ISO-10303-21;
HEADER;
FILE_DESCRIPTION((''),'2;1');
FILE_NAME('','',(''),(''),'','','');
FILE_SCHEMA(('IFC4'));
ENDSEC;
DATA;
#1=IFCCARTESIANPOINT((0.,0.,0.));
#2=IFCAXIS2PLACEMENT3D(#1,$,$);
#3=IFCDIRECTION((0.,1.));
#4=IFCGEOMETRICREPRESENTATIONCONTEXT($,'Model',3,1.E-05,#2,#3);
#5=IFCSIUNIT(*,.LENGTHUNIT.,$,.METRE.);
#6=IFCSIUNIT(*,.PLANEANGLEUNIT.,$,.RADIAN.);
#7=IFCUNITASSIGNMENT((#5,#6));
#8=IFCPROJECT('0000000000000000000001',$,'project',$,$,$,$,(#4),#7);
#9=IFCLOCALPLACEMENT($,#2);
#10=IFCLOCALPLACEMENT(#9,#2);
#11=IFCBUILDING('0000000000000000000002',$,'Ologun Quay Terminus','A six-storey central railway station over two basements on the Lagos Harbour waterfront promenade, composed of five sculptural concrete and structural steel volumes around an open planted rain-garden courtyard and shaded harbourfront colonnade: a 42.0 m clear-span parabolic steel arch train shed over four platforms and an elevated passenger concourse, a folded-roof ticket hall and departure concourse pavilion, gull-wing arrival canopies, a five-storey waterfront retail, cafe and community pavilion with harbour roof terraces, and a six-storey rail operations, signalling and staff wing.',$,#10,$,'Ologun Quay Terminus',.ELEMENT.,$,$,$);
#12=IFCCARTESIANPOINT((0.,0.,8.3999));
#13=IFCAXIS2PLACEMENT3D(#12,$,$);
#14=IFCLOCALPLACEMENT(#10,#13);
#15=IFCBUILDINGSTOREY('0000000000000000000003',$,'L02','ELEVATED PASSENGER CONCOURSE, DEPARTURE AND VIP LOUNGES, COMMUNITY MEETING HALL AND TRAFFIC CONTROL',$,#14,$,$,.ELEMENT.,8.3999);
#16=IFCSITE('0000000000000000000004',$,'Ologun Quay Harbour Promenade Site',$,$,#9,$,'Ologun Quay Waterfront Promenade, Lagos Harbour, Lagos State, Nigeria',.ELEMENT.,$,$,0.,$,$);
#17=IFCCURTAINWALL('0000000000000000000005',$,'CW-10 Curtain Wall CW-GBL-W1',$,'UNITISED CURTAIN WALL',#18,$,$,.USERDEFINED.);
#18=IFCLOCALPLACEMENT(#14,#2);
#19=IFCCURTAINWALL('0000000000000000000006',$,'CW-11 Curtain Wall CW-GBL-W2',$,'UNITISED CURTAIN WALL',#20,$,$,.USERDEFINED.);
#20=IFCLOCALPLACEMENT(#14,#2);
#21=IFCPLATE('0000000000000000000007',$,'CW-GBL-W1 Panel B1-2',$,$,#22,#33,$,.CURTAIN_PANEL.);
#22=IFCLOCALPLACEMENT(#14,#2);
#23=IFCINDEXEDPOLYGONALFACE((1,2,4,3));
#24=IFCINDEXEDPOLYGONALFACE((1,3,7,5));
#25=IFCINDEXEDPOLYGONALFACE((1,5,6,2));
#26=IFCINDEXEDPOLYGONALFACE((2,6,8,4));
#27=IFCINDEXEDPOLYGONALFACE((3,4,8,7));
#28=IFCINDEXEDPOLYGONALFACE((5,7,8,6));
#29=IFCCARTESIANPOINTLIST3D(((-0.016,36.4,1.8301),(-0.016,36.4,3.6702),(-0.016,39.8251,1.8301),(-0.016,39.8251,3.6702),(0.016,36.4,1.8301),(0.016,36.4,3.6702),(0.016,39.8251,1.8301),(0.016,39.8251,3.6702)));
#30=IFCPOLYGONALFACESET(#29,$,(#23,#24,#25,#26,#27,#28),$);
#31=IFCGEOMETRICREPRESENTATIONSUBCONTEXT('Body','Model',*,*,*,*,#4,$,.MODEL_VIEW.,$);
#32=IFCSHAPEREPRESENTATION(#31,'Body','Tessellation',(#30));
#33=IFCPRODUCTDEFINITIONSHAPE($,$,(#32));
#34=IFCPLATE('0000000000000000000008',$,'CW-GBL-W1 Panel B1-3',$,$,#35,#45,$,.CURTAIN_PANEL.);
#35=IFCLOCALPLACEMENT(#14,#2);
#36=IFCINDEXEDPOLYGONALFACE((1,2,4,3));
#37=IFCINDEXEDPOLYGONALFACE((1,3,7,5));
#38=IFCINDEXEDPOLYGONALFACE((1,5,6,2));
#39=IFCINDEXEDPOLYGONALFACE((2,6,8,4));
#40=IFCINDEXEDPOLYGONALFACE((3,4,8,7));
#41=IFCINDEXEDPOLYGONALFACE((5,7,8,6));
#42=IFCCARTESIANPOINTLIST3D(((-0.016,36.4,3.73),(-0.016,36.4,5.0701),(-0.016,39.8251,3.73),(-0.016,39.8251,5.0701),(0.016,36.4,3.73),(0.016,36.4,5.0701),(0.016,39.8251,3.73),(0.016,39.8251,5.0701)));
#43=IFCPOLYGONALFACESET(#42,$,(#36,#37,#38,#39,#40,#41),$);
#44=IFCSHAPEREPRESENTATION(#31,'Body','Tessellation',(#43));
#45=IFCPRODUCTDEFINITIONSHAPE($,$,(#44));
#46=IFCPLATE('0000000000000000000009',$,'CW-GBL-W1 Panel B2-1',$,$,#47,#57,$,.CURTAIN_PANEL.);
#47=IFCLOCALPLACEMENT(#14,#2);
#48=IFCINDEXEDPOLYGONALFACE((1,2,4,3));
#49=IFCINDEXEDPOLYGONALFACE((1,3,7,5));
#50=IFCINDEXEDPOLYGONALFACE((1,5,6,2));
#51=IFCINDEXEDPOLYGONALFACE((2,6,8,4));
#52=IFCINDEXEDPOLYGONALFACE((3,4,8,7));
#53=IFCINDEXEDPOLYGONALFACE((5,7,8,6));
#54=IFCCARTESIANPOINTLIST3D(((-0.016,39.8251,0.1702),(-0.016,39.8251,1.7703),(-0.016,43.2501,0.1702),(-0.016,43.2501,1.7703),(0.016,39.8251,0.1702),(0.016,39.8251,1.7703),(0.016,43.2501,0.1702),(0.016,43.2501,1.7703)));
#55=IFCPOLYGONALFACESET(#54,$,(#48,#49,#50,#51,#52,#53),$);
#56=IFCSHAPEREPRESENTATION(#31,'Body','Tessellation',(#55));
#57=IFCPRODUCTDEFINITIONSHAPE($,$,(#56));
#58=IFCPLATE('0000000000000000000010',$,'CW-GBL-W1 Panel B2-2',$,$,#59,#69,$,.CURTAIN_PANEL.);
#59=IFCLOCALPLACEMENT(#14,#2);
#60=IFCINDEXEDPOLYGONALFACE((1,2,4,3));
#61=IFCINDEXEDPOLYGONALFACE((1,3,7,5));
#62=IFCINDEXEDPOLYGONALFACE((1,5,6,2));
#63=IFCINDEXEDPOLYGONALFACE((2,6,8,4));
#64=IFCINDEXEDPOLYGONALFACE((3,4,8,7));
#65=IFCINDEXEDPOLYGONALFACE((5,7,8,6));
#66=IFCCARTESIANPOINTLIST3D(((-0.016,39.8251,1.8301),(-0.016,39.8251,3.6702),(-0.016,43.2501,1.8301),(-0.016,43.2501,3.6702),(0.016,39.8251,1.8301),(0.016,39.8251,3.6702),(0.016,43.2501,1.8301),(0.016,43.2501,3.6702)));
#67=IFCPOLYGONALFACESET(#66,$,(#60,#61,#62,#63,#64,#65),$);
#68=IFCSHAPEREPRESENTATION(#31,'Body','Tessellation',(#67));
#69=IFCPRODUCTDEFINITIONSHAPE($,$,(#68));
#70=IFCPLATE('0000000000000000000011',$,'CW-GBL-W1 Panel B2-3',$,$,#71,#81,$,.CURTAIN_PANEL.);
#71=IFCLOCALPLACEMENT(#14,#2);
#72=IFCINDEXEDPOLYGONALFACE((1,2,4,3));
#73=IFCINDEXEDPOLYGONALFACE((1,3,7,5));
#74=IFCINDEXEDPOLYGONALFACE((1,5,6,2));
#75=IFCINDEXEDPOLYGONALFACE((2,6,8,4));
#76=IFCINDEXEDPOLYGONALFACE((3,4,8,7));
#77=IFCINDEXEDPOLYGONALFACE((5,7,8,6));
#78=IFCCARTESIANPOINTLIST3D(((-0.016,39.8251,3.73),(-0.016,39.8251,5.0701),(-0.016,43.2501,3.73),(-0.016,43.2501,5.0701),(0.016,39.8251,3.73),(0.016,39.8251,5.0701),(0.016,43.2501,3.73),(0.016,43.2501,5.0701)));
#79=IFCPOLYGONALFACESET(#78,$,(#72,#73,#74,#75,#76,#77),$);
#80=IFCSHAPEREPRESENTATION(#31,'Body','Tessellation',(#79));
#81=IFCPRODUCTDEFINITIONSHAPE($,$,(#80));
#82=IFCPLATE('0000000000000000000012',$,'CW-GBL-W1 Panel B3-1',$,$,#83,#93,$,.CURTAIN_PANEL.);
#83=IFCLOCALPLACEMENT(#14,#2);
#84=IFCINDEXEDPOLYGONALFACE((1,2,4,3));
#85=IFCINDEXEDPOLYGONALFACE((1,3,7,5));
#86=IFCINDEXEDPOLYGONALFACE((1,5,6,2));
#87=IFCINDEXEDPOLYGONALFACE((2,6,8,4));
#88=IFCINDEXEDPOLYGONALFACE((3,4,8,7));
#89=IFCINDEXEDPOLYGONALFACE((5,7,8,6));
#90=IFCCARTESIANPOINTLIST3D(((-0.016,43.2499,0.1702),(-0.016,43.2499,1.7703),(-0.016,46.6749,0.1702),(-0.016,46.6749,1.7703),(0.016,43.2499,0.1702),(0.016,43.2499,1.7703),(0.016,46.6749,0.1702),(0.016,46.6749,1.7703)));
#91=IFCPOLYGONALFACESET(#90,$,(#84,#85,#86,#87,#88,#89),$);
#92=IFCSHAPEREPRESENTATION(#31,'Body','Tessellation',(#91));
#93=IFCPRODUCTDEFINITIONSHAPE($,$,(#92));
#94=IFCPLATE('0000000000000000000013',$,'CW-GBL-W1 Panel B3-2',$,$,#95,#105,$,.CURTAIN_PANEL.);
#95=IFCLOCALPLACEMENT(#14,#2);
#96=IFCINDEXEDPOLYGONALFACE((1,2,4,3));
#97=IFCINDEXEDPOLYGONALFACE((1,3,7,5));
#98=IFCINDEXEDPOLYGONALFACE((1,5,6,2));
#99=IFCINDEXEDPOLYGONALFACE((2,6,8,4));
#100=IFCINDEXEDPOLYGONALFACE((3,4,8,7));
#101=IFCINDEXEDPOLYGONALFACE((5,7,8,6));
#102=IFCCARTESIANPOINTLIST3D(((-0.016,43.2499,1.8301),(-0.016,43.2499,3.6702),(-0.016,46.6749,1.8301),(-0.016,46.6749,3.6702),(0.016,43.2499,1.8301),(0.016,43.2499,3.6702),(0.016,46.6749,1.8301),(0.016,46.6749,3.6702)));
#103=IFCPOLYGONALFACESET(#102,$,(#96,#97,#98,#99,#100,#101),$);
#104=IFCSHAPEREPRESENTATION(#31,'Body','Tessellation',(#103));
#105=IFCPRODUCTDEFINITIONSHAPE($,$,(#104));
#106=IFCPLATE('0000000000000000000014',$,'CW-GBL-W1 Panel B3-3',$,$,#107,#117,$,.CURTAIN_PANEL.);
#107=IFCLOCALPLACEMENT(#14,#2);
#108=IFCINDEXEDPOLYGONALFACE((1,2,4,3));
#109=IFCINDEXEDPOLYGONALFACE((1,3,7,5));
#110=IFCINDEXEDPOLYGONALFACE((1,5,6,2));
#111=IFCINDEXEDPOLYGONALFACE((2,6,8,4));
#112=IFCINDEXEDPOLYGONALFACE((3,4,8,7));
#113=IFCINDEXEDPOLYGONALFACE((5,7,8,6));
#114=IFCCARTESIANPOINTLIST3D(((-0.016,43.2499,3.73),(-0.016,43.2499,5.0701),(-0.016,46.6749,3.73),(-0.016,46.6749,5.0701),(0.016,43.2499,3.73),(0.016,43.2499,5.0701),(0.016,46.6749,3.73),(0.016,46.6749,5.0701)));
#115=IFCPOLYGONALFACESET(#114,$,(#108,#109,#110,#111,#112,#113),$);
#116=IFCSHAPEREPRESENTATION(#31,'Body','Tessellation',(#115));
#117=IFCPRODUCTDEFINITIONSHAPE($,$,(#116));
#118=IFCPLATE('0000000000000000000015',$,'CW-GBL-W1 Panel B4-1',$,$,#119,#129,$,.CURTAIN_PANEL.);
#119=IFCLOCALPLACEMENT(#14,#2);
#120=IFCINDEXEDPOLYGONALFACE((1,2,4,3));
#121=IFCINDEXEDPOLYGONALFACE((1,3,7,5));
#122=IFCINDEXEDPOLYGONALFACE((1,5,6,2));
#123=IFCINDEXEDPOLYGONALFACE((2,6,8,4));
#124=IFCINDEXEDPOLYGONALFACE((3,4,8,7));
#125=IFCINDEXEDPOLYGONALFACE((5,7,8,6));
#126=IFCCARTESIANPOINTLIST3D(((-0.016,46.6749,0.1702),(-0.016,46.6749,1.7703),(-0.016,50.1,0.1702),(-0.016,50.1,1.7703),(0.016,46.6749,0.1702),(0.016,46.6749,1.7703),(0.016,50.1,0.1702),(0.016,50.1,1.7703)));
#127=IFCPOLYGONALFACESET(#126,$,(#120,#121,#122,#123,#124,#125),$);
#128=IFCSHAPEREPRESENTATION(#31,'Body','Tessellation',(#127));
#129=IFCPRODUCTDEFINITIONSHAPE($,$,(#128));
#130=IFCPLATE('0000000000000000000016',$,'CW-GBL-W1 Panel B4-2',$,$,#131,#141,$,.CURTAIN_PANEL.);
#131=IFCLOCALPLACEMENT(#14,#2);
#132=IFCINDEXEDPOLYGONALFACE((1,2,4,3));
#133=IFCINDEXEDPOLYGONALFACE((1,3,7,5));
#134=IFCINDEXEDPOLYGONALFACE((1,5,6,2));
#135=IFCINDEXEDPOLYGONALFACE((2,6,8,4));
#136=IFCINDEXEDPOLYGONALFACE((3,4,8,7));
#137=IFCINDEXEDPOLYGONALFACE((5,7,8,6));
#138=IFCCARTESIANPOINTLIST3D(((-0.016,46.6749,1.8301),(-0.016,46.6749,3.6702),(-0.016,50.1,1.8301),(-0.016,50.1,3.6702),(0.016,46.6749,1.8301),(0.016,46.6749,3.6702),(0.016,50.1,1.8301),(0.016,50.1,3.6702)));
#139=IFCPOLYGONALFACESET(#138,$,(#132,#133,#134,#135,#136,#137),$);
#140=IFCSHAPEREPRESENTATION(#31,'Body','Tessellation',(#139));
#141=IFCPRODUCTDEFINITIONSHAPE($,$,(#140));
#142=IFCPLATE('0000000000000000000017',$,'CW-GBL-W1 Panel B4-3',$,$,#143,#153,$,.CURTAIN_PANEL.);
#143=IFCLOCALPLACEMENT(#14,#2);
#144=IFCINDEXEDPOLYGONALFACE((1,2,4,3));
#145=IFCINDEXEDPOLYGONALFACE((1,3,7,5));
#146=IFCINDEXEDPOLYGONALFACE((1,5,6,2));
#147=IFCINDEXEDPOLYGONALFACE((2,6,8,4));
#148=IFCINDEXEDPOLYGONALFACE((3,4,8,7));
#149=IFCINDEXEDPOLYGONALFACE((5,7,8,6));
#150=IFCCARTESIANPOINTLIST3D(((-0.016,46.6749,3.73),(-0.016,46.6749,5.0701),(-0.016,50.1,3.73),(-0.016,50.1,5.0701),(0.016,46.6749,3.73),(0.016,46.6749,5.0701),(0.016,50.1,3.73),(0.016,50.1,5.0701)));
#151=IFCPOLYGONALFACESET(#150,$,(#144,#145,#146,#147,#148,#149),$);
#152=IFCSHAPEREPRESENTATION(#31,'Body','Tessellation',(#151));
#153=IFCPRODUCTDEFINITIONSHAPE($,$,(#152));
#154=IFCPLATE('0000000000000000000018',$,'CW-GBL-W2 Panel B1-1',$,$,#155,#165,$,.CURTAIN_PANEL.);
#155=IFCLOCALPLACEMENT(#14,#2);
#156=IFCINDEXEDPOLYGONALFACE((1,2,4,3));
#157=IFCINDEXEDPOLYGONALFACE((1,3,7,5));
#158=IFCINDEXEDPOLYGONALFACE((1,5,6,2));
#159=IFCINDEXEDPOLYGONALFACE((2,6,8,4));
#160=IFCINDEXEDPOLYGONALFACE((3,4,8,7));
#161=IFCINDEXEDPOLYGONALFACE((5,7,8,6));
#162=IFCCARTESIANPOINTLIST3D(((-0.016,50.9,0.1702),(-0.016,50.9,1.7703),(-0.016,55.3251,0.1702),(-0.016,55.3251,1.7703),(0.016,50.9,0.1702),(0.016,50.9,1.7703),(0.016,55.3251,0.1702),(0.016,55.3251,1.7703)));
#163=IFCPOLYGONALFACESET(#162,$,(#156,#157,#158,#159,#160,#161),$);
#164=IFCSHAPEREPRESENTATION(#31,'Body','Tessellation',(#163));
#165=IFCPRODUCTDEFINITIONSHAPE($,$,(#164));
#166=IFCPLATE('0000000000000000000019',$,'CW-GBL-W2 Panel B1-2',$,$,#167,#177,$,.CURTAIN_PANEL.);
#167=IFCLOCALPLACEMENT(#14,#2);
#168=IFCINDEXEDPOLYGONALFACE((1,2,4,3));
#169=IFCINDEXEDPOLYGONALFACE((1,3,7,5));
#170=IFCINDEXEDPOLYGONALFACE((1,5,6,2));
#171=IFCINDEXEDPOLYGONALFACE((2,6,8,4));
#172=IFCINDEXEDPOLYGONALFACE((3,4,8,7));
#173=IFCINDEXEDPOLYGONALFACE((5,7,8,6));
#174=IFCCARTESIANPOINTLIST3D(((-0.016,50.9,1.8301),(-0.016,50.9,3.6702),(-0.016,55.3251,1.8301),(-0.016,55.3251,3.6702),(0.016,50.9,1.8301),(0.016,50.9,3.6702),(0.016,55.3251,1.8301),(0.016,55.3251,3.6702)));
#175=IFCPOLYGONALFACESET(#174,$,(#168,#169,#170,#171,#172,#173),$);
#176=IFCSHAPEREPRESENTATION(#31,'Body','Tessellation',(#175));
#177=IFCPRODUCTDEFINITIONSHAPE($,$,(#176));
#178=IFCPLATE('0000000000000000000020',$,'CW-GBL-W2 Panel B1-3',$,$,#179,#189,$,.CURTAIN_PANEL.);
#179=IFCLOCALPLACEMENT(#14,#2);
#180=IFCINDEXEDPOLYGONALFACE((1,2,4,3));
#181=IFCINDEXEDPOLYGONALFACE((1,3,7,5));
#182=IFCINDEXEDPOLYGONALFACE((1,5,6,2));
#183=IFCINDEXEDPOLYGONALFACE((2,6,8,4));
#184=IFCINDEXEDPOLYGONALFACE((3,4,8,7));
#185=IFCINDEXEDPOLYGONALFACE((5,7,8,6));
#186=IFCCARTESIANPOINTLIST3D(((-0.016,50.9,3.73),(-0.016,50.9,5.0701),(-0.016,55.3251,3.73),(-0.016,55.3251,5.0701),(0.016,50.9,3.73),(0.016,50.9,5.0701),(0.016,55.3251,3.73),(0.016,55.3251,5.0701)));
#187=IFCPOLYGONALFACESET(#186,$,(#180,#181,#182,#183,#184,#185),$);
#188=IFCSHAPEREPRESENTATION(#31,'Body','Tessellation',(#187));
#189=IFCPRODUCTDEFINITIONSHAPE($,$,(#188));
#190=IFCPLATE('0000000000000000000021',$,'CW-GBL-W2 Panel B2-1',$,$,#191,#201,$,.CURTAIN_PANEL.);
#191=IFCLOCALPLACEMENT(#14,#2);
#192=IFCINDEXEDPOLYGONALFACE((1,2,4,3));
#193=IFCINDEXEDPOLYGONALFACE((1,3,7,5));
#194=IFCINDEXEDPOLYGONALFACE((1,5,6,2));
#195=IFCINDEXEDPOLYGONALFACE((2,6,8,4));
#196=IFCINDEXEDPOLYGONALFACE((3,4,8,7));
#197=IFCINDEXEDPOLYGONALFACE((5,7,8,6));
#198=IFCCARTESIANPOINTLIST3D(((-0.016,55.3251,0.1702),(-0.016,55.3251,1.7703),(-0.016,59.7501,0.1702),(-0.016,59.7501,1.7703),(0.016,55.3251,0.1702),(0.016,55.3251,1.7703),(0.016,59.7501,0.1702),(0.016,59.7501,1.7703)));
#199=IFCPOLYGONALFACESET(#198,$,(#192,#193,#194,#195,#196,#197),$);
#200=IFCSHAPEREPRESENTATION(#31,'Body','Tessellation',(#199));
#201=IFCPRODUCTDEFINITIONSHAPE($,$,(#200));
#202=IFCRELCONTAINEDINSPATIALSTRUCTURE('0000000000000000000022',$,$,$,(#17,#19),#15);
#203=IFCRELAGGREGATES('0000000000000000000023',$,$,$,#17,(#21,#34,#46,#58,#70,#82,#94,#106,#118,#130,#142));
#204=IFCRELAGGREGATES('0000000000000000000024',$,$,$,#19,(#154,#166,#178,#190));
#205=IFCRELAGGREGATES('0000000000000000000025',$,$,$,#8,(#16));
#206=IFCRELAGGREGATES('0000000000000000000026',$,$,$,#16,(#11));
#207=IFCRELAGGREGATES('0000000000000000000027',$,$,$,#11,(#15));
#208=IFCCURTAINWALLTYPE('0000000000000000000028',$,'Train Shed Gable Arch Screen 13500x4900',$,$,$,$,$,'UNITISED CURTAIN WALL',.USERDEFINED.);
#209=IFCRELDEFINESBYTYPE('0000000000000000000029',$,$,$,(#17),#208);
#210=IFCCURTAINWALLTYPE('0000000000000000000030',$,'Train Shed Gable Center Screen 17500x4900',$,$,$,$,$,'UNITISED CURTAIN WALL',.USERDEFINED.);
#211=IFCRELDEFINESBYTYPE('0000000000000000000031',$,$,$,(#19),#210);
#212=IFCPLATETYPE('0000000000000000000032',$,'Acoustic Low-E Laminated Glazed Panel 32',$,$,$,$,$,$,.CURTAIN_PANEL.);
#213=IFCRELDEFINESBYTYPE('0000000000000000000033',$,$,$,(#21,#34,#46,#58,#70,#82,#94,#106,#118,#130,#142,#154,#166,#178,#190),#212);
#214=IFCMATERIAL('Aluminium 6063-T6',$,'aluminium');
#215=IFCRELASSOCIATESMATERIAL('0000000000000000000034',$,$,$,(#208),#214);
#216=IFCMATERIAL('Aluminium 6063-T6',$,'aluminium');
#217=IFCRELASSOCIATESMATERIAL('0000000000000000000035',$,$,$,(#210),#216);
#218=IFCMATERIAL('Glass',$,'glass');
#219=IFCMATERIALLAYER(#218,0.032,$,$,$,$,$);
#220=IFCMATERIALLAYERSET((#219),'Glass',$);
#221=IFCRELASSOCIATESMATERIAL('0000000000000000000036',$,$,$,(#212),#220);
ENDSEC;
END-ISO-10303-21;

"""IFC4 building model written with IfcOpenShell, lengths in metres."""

from ifc_helpers import new_model, si_unit, direction, frame, origin, origin_2d, place, context, subcontext, project, spatial, rectangle, extrude, material, layer, layer_set, type_object, element, aggregate, save


model = new_model("IFC4")

# Units and contexts
model_context = context("Model", 3, precision=1e-05, world=origin(), true_north=direction((0.0, 1.0)))
body_context = subcontext(model_context, "Body", "Model", "MODEL_VIEW")
ifc_project = project(units=[si_unit("LENGTHUNIT", "METRE"), si_unit("PLANEANGLEUNIT", "RADIAN")], contexts=[model_context])

# Site, building, storey
site_placement = place(None, origin())
site = spatial("IfcSite", under=ifc_project, at=site_placement, Name="Ologun Quay Harbour Promenade Site", LongName="Ologun Quay Waterfront Promenade, Lagos Harbour, Lagos State, Nigeria", CompositionType="ELEMENT", RefElevation=0.0)
building_placement = place(site_placement, origin())
building = spatial("IfcBuilding", under=site, at=building_placement, Name="Ologun Quay Terminus", Description="A six-storey central railway station over two basements on the Lagos Harbour waterfront promenade, composed of five sculptural concrete and structural steel volumes around an open planted rain-garden courtyard and shaded harbourfront colonnade: a 42.0 m clear-span parabolic steel arch train shed over four platforms and an elevated passenger concourse, a folded-roof ticket hall and departure concourse pavilion, gull-wing arrival canopies, a five-storey waterfront retail, cafe and community pavilion with harbour roof terraces, and a six-storey rail operations, signalling and staff wing.", LongName="Ologun Quay Terminus", CompositionType="ELEMENT")
storey_placement = place(building_placement, frame((0.0, 0.0, 8.3999)))
storey = spatial("IfcBuildingStorey", under=building, at=storey_placement, Name="L02", Description="ELEVATED PASSENGER CONCOURSE, DEPARTURE AND VIP LOUNGES, COMMUNITY MEETING HALL AND TRAFFIC CONTROL", CompositionType="ELEMENT", Elevation=8.3999)

# Curtain walls
ifc_material_1 = material(Name="Aluminium 6063-T6", Category="aluminium")
curtain_wall_type_1 = type_object("IfcCurtainWallType", Name="Train Shed Gable Arch Screen 13500x4900", ElementType="UNITISED CURTAIN WALL", PredefinedType="USERDEFINED", material=ifc_material_1)
curtain_wall_1_placement = place(storey_placement, origin())
curtain_wall_1 = element("IfcCurtainWall", 1, at=curtain_wall_1_placement, inside=storey, type_object=curtain_wall_type_1, Name="CW-10 Curtain Wall CW-GBL-W1", ObjectType="UNITISED CURTAIN WALL", PredefinedType="USERDEFINED")
ifc_material_2 = material(Name="Aluminium 6063-T6", Category="aluminium")
curtain_wall_type_2 = type_object("IfcCurtainWallType", Name="Train Shed Gable Center Screen 17500x4900", ElementType="UNITISED CURTAIN WALL", PredefinedType="USERDEFINED", material=ifc_material_2)
curtain_wall_2_placement = place(storey_placement, origin())
curtain_wall_2 = element("IfcCurtainWall", 2, at=curtain_wall_2_placement, inside=storey, type_object=curtain_wall_type_2, Name="CW-11 Curtain Wall CW-GBL-W2", ObjectType="UNITISED CURTAIN WALL", PredefinedType="USERDEFINED")

# Plates
ifc_material_3 = material(Name="Glass", Category="glass")
ifc_layer = layer(ifc_material_3, 0.032)
ifc_layer_set = layer_set([ifc_layer], Name="Glass")
plate_type = type_object("IfcPlateType", Name="Acoustic Low-E Laminated Glazed Panel 32", PredefinedType="CURTAIN_PANEL", material=ifc_layer_set)
plate_1_placement = place(storey_placement, frame((0.0, 38.1125, 1.8301), z_axis=(0.0, 0.0, 1.0), x_axis=(0.0, 1.0, 0.0)))
plate_1 = element("IfcPlate", 3, at=plate_1_placement, type_object=plate_type, Name="CW-GBL-W1 Panel B1-2", PredefinedType="CURTAIN_PANEL", context=body_context, shape_type="SweptSolid", body=[
    extrude(rectangle(XDim=3.425, YDim=0.032, at=origin_2d()), origin(), (0.0, 0.0, 1.0), 1.8401),
])
plate_2_placement = place(storey_placement, frame((0.0, 38.1125, 3.73), z_axis=(0.0, 0.0, 1.0), x_axis=(0.0, 1.0, 0.0)))
plate_2 = element("IfcPlate", 4, at=plate_2_placement, type_object=plate_type, Name="CW-GBL-W1 Panel B1-3", PredefinedType="CURTAIN_PANEL", context=body_context, shape_type="SweptSolid", body=[
    extrude(rectangle(XDim=3.425, YDim=0.032, at=origin_2d()), origin(), (0.0, 0.0, 1.0), 1.3401),
])
plate_3_placement = place(storey_placement, frame((0.0, 41.5376, 0.1702), z_axis=(0.0, 0.0, 1.0), x_axis=(0.0, 1.0, 0.0)))
plate_3 = element("IfcPlate", 5, at=plate_3_placement, type_object=plate_type, Name="CW-GBL-W1 Panel B2-1", PredefinedType="CURTAIN_PANEL", context=body_context, shape_type="SweptSolid", body=[
    extrude(rectangle(XDim=3.425, YDim=0.032, at=origin_2d()), origin(), (0.0, 0.0, 1.0), 1.6001),
])
plate_4_placement = place(storey_placement, frame((0.0, 41.5376, 1.8301), z_axis=(0.0, 0.0, 1.0), x_axis=(0.0, 1.0, 0.0)))
plate_4 = element("IfcPlate", 6, at=plate_4_placement, type_object=plate_type, Name="CW-GBL-W1 Panel B2-2", PredefinedType="CURTAIN_PANEL", context=body_context, shape_type="SweptSolid", body=[
    extrude(rectangle(XDim=3.425, YDim=0.032, at=origin_2d()), origin(), (0.0, 0.0, 1.0), 1.8401),
])
plate_5_placement = place(storey_placement, frame((0.0, 41.5376, 3.73), z_axis=(0.0, 0.0, 1.0), x_axis=(0.0, 1.0, 0.0)))
plate_5 = element("IfcPlate", 7, at=plate_5_placement, type_object=plate_type, Name="CW-GBL-W1 Panel B2-3", PredefinedType="CURTAIN_PANEL", context=body_context, shape_type="SweptSolid", body=[
    extrude(rectangle(XDim=3.425, YDim=0.032, at=origin_2d()), origin(), (0.0, 0.0, 1.0), 1.3401),
])
plate_6_placement = place(storey_placement, frame((0.0, 44.9624, 0.1702), z_axis=(0.0, 0.0, 1.0), x_axis=(0.0, 1.0, 0.0)))
plate_6 = element("IfcPlate", 8, at=plate_6_placement, type_object=plate_type, Name="CW-GBL-W1 Panel B3-1", PredefinedType="CURTAIN_PANEL", context=body_context, shape_type="SweptSolid", body=[
    extrude(rectangle(XDim=3.425, YDim=0.032, at=origin_2d()), origin(), (0.0, 0.0, 1.0), 1.6001),
])
plate_7_placement = place(storey_placement, frame((0.0, 44.9624, 1.8301), z_axis=(0.0, 0.0, 1.0), x_axis=(0.0, 1.0, 0.0)))
plate_7 = element("IfcPlate", 9, at=plate_7_placement, type_object=plate_type, Name="CW-GBL-W1 Panel B3-2", PredefinedType="CURTAIN_PANEL", context=body_context, shape_type="SweptSolid", body=[
    extrude(rectangle(XDim=3.425, YDim=0.032, at=origin_2d()), origin(), (0.0, 0.0, 1.0), 1.8401),
])
plate_8_placement = place(storey_placement, frame((0.0, 44.9624, 3.73), z_axis=(0.0, 0.0, 1.0), x_axis=(0.0, 1.0, 0.0)))
plate_8 = element("IfcPlate", 10, at=plate_8_placement, type_object=plate_type, Name="CW-GBL-W1 Panel B3-3", PredefinedType="CURTAIN_PANEL", context=body_context, shape_type="SweptSolid", body=[
    extrude(rectangle(XDim=3.425, YDim=0.032, at=origin_2d()), origin(), (0.0, 0.0, 1.0), 1.3401),
])
plate_9_placement = place(storey_placement, frame((0.0, 48.3875, 0.1702), z_axis=(0.0, 0.0, 1.0), x_axis=(0.0, 1.0, 0.0)))
plate_9 = element("IfcPlate", 11, at=plate_9_placement, type_object=plate_type, Name="CW-GBL-W1 Panel B4-1", PredefinedType="CURTAIN_PANEL", context=body_context, shape_type="SweptSolid", body=[
    extrude(rectangle(XDim=3.425, YDim=0.032, at=origin_2d()), origin(), (0.0, 0.0, 1.0), 1.6001),
])
plate_10_placement = place(storey_placement, frame((0.0, 48.3875, 1.8301), z_axis=(0.0, 0.0, 1.0), x_axis=(0.0, 1.0, 0.0)))
plate_10 = element("IfcPlate", 12, at=plate_10_placement, type_object=plate_type, Name="CW-GBL-W1 Panel B4-2", PredefinedType="CURTAIN_PANEL", context=body_context, shape_type="SweptSolid", body=[
    extrude(rectangle(XDim=3.425, YDim=0.032, at=origin_2d()), origin(), (0.0, 0.0, 1.0), 1.8401),
])
plate_11_placement = place(storey_placement, frame((0.0, 48.3875, 3.73), z_axis=(0.0, 0.0, 1.0), x_axis=(0.0, 1.0, 0.0)))
plate_11 = element("IfcPlate", 13, at=plate_11_placement, type_object=plate_type, Name="CW-GBL-W1 Panel B4-3", PredefinedType="CURTAIN_PANEL", context=body_context, shape_type="SweptSolid", body=[
    extrude(rectangle(XDim=3.425, YDim=0.032, at=origin_2d()), origin(), (0.0, 0.0, 1.0), 1.3401),
])
aggregate(curtain_wall_1, [plate_1, plate_2, plate_3, plate_4, plate_5, plate_6, plate_7, plate_8, plate_9, plate_10, plate_11])
plate_12_placement = place(storey_placement, frame((0.0, 53.1125, 0.1702), z_axis=(0.0, 0.0, 1.0), x_axis=(0.0, 1.0, 0.0)))
plate_12 = element("IfcPlate", 14, at=plate_12_placement, type_object=plate_type, Name="CW-GBL-W2 Panel B1-1", PredefinedType="CURTAIN_PANEL", context=body_context, shape_type="SweptSolid", body=[
    extrude(rectangle(XDim=4.425, YDim=0.032, at=origin_2d()), origin(), (0.0, 0.0, 1.0), 1.6001),
])
plate_13_placement = place(storey_placement, frame((0.0, 53.1125, 1.8301), z_axis=(0.0, 0.0, 1.0), x_axis=(0.0, 1.0, 0.0)))
plate_13 = element("IfcPlate", 15, at=plate_13_placement, type_object=plate_type, Name="CW-GBL-W2 Panel B1-2", PredefinedType="CURTAIN_PANEL", context=body_context, shape_type="SweptSolid", body=[
    extrude(rectangle(XDim=4.425, YDim=0.032, at=origin_2d()), origin(), (0.0, 0.0, 1.0), 1.8401),
])
plate_14_placement = place(storey_placement, frame((0.0, 53.1125, 3.73), z_axis=(0.0, 0.0, 1.0), x_axis=(0.0, 1.0, 0.0)))
plate_14 = element("IfcPlate", 16, at=plate_14_placement, type_object=plate_type, Name="CW-GBL-W2 Panel B1-3", PredefinedType="CURTAIN_PANEL", context=body_context, shape_type="SweptSolid", body=[
    extrude(rectangle(XDim=4.425, YDim=0.032, at=origin_2d()), origin(), (0.0, 0.0, 1.0), 1.3401),
])
plate_15_placement = place(storey_placement, frame((0.0, 57.5376, 0.1702), z_axis=(0.0, 0.0, 1.0), x_axis=(0.0, 1.0, 0.0)))
plate_15 = element("IfcPlate", 17, at=plate_15_placement, type_object=plate_type, Name="CW-GBL-W2 Panel B2-1", PredefinedType="CURTAIN_PANEL", context=body_context, shape_type="SweptSolid", body=[
    extrude(rectangle(XDim=4.425, YDim=0.032, at=origin_2d()), origin(), (0.0, 0.0, 1.0), 1.6001),
])
aggregate(curtain_wall_2, [plate_12, plate_13, plate_14, plate_15])

save(model, "model.ifc")
